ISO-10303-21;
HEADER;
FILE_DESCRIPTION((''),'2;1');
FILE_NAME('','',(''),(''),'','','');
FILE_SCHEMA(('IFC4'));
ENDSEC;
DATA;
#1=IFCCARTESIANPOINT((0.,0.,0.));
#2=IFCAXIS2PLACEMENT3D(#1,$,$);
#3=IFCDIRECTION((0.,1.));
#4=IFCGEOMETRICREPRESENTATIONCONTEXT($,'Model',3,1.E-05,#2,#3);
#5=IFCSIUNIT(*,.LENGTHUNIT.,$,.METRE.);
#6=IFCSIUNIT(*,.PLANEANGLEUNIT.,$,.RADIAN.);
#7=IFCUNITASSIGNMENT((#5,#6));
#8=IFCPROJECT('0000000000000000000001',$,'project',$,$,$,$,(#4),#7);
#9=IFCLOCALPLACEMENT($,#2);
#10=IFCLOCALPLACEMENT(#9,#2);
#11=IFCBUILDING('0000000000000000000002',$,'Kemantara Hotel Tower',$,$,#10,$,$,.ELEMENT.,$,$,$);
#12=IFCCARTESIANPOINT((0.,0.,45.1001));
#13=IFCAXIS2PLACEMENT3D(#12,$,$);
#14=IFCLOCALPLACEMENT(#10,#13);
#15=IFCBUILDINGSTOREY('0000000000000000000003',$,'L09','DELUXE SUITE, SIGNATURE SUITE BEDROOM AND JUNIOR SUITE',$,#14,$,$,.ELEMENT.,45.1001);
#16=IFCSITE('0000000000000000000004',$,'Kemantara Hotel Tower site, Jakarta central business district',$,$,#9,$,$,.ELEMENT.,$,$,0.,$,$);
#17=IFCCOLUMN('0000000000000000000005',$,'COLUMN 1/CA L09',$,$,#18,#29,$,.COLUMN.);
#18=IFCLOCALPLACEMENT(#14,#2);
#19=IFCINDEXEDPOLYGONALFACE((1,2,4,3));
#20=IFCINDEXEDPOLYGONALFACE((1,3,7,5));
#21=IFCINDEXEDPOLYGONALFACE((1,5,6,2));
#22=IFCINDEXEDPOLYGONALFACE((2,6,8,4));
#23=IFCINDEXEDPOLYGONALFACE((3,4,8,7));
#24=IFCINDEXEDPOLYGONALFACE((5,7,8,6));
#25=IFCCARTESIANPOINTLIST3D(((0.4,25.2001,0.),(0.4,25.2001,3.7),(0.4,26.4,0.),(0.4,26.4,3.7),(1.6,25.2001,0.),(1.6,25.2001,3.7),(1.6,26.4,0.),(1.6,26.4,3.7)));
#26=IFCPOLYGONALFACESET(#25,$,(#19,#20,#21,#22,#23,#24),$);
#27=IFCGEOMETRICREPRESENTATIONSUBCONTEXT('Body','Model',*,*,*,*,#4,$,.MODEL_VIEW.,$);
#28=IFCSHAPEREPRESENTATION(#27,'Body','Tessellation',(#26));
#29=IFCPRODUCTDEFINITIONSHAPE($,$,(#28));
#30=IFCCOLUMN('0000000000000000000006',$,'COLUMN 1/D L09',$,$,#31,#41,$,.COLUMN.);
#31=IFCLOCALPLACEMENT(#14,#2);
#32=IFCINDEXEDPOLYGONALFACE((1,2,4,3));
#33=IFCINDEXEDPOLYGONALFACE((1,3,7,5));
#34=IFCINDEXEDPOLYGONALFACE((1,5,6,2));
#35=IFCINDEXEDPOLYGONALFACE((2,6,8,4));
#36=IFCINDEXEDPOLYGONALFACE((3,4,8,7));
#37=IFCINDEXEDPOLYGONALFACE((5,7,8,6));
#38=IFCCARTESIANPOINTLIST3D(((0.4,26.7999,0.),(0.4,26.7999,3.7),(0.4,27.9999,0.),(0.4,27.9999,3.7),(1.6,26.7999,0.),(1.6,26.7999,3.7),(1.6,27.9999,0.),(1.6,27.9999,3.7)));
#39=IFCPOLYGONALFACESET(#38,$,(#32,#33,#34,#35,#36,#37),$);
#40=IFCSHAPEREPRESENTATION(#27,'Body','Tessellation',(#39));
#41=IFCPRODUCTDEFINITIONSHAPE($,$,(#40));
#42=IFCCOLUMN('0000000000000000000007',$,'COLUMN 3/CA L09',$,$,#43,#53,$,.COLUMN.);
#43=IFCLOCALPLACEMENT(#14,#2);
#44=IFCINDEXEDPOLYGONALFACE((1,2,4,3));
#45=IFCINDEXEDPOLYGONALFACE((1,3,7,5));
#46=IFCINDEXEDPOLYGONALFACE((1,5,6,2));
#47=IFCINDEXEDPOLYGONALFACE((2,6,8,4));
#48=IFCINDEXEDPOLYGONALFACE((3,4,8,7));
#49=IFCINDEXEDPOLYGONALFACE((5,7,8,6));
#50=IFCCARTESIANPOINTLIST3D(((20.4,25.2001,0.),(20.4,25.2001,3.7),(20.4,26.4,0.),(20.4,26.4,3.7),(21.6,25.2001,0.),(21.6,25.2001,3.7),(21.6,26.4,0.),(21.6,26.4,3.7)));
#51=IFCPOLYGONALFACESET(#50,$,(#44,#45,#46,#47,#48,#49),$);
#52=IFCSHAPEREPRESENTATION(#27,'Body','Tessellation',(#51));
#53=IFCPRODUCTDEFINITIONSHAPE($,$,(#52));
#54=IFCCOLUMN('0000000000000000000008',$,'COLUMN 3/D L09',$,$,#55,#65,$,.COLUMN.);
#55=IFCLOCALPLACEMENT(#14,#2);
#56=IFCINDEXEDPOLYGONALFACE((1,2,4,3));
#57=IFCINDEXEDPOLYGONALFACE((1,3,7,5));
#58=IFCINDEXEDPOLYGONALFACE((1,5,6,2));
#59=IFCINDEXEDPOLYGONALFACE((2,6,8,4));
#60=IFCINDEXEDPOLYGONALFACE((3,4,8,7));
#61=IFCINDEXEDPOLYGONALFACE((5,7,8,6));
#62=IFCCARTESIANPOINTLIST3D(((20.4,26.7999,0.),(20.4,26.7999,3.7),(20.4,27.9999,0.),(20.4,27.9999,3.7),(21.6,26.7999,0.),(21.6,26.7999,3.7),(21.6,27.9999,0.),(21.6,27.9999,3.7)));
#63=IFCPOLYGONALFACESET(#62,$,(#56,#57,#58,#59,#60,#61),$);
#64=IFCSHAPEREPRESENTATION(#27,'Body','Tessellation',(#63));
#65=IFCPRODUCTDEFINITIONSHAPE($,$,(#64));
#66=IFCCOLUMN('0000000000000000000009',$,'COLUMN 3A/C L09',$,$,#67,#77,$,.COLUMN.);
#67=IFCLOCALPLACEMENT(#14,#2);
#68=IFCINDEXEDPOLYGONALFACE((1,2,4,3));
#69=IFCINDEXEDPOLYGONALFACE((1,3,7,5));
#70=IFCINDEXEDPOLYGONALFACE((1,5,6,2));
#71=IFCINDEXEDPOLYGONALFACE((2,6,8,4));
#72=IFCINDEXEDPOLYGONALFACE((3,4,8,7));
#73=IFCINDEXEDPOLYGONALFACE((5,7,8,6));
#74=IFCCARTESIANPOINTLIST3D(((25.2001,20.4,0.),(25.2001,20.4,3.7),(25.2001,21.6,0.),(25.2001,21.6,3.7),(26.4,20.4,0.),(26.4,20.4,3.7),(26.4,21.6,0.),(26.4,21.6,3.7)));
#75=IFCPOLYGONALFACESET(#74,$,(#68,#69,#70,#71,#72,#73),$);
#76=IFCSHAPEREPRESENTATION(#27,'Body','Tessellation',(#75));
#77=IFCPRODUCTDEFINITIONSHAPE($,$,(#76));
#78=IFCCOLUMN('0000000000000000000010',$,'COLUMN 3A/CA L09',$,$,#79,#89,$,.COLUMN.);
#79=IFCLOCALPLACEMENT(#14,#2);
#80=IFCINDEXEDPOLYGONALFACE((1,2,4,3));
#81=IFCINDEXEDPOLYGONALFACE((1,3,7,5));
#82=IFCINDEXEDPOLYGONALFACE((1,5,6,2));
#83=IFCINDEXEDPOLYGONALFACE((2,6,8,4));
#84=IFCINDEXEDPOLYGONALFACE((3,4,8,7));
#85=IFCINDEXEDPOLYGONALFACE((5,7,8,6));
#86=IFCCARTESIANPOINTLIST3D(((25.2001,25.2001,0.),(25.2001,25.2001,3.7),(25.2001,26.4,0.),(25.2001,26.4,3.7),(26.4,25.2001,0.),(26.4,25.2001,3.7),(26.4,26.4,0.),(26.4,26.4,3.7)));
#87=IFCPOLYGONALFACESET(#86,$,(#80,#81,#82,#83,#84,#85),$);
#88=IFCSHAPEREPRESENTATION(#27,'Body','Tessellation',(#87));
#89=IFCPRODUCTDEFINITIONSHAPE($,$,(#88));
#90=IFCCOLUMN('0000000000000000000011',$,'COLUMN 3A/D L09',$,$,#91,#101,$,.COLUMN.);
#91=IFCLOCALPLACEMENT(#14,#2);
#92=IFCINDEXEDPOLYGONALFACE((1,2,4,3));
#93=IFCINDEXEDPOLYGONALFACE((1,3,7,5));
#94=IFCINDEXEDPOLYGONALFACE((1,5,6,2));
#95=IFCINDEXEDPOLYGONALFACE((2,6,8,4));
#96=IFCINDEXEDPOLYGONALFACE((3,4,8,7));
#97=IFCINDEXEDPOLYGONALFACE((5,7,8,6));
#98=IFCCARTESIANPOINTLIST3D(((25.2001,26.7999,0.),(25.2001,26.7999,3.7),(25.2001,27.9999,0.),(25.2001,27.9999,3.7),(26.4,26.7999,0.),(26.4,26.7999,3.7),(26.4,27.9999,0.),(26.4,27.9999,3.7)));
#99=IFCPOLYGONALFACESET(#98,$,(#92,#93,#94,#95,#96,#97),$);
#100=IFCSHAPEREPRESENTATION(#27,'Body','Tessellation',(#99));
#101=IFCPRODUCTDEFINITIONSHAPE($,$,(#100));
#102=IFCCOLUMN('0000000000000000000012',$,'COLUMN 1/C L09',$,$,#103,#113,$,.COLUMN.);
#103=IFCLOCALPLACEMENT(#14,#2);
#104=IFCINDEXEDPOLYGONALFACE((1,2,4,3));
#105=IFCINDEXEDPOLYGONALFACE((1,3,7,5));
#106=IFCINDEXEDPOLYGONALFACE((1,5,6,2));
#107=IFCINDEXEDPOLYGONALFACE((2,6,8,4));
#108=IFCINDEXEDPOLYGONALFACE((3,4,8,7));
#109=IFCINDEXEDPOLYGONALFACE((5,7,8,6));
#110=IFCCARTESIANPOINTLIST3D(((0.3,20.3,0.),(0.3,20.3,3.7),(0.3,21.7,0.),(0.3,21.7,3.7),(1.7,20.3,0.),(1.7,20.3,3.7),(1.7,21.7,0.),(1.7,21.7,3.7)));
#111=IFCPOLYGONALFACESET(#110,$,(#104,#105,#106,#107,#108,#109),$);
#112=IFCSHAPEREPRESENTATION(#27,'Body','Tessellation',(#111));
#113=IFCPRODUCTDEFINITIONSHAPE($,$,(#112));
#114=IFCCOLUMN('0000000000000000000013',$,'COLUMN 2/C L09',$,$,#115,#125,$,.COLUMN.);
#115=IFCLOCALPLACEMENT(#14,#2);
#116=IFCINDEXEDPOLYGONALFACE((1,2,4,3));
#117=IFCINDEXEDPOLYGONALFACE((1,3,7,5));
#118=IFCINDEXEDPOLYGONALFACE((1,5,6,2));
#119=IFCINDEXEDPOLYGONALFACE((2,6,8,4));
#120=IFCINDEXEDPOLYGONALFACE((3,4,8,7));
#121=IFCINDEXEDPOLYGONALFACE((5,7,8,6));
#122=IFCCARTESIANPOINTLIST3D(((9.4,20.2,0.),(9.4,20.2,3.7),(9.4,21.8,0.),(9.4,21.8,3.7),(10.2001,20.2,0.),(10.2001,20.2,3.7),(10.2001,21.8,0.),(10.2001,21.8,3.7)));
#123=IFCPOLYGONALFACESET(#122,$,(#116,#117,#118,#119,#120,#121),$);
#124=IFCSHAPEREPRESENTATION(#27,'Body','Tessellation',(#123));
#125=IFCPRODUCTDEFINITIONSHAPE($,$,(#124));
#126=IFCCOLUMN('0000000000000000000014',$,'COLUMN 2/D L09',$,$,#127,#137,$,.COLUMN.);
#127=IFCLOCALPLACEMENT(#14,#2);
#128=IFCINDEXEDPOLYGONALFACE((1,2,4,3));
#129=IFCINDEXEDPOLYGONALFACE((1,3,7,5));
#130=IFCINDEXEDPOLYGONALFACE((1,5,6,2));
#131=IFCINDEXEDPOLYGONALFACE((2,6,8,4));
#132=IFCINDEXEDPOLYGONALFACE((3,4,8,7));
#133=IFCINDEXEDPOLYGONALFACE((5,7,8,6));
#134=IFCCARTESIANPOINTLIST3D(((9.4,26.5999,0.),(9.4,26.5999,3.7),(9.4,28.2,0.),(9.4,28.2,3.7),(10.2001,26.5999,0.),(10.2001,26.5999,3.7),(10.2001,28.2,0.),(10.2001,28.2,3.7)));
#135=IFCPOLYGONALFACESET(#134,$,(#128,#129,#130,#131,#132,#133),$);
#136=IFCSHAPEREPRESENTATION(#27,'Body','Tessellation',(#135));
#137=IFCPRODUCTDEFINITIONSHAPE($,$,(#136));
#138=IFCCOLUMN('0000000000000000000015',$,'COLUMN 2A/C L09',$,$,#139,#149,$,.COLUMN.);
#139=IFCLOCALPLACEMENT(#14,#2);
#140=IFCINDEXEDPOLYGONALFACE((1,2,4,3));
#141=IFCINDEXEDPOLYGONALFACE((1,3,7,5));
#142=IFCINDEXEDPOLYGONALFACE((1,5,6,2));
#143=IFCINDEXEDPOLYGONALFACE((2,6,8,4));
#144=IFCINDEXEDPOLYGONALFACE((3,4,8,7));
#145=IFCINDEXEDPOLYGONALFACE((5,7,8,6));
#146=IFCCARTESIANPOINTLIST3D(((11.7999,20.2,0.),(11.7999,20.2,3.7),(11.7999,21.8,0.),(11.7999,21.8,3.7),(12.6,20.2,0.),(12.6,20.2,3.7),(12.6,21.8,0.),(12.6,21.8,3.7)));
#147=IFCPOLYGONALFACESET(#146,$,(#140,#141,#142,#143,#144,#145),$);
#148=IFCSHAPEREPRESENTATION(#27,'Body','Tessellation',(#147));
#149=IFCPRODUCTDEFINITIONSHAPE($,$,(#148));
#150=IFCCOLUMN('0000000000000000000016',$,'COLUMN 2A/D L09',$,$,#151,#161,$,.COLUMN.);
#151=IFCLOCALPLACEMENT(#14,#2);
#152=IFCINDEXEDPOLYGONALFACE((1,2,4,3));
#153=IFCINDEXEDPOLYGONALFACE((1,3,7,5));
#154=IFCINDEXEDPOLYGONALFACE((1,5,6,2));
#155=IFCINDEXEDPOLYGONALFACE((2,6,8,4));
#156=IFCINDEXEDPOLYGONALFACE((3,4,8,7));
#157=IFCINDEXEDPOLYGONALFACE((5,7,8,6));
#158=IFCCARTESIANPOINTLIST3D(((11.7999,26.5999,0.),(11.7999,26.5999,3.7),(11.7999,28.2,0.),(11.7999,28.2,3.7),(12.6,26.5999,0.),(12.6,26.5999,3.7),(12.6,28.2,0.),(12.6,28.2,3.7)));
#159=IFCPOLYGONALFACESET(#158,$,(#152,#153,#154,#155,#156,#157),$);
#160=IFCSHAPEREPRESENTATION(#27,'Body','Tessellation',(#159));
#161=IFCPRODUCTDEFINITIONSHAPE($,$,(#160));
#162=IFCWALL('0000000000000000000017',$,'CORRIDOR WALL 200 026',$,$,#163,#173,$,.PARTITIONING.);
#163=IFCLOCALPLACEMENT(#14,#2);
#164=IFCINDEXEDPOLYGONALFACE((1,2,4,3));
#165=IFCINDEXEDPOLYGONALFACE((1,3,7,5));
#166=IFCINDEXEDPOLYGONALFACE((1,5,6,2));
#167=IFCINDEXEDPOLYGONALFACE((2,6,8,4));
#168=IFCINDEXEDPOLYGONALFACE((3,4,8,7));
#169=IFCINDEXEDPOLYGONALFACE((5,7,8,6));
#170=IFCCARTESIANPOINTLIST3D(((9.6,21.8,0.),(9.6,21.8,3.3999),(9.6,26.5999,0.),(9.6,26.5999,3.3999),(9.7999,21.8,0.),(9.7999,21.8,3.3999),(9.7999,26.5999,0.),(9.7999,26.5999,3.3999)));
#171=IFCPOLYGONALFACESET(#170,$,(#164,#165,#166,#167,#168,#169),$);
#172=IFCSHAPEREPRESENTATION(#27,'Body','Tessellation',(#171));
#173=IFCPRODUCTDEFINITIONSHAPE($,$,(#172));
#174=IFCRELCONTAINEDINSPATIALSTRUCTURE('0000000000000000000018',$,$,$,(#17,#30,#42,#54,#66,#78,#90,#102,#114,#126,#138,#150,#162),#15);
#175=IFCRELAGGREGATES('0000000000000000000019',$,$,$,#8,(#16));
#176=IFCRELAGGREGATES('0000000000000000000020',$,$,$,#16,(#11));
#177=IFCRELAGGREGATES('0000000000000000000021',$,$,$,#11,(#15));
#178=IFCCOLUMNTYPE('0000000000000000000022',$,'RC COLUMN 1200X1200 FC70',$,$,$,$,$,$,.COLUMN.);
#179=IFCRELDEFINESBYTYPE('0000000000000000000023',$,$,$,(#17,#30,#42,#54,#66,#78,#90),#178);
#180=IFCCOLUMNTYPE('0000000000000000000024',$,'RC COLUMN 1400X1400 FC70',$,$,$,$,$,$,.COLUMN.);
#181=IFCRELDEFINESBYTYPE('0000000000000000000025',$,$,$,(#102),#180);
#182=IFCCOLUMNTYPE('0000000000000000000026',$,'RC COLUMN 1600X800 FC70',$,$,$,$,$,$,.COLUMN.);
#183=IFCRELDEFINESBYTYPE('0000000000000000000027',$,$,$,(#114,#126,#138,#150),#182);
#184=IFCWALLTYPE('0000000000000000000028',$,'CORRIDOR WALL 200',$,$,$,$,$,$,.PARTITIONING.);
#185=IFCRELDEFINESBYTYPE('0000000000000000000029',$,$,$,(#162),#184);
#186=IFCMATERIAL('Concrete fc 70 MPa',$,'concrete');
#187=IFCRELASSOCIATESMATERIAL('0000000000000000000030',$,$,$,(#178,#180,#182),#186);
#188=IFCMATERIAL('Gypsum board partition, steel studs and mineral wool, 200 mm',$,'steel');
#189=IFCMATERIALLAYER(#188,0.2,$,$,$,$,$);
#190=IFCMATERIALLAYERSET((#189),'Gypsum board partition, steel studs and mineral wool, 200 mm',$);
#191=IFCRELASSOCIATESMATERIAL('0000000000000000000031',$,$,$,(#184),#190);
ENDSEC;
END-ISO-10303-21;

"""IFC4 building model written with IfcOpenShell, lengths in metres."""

from ifc_helpers import new_model, si_unit, direction, frame, frame_2d, origin, origin_2d, place, context, subcontext, project, spatial, rectangle, extrude, material, layer, layer_set, material_profile, profile_set, type_object, element, save


model = new_model("IFC4")

# Units and contexts
model_context = context("Model", 3, precision=1e-05, world=origin(), true_north=direction((0.0, 1.0)))
body_context = subcontext(model_context, "Body", "Model", "MODEL_VIEW")
ifc_project = project(units=[si_unit("LENGTHUNIT", "METRE"), si_unit("PLANEANGLEUNIT", "RADIAN")], contexts=[model_context])

# Site, building, storey
site_placement = place(None, origin())
site = spatial("IfcSite", under=ifc_project, at=site_placement, Name="Kemantara Hotel Tower site, Jakarta central business district", CompositionType="ELEMENT", RefElevation=0.0)
building_placement = place(site_placement, origin())
building = spatial("IfcBuilding", under=site, at=building_placement, Name="Kemantara Hotel Tower", CompositionType="ELEMENT")
storey_placement = place(building_placement, frame((0.0, 0.0, 45.1001)))
storey = spatial("IfcBuildingStorey", under=building, at=storey_placement, Name="L09", Description="DELUXE SUITE, SIGNATURE SUITE BEDROOM AND JUNIOR SUITE", CompositionType="ELEMENT", Elevation=45.1001)

# Columns
ifc_material_1 = material(Name="Concrete fc 70 MPa", Category="concrete")
ifc_material_profile_1 = material_profile(ifc_material_1, rectangle(XDim=1.2, YDim=1.2, at=origin_2d()), Name="RC 1200X1200")
ifc_profile_set_1 = profile_set([ifc_material_profile_1], Name="Concrete fc 70 MPa")
column_type_1 = type_object("IfcColumnType", Name="RC COLUMN 1200X1200 FC70", PredefinedType="COLUMN", material=ifc_profile_set_1)
for number, where, z_axis, x_axis, name in (
    (1, (1.0, 25.8, 0.0), (0.0, 0.0, 1.0), (1.0, 0.0, 0.0), "COLUMN 1/CA L09"),
    (2, (1.0, 27.3999, 0.0), (0.0, 0.0, 1.0), (1.0, 0.0, 0.0), "COLUMN 1/D L09"),
    (3, (21.0, 25.8, 0.0), (0.0, 0.0, 1.0), (1.0, 0.0, 0.0), "COLUMN 3/CA L09"),
    (4, (21.0, 27.3999, 0.0), (0.0, 0.0, 1.0), (1.0, 0.0, 0.0), "COLUMN 3/D L09"),
    (5, (25.8, 21.0, 0.0), (0.0, 0.0, 1.0), (1.0, 0.0, 0.0), "COLUMN 3A/C L09"),
    (6, (25.8, 25.8, 0.0), (0.0, 0.0, 1.0), (1.0, 0.0, 0.0), "COLUMN 3A/CA L09"),
    (7, (25.8, 27.3999, 0.0), (0.0, 0.0, 1.0), (1.0, 0.0, 0.0), "COLUMN 3A/D L09"),
):
    element("IfcColumn", number, at=place(storey_placement, frame(where, z_axis=z_axis, x_axis=x_axis)), inside=storey, type_object=column_type_1, Name=name, PredefinedType="COLUMN", context=body_context, shape_type="SweptSolid", body=[
        extrude(rectangle(XDim=1.2, YDim=1.2, at=origin_2d()), origin(), (0.0, 0.0, 1.0), 3.7),
    ])
ifc_material_profile_2 = material_profile(ifc_material_1, rectangle(XDim=1.3999, YDim=1.3999, at=origin_2d()), Name="RC 1400X1400")
ifc_profile_set_2 = profile_set([ifc_material_profile_2], Name="Concrete fc 70 MPa")
column_type_2 = type_object("IfcColumnType", Name="RC COLUMN 1400X1400 FC70", PredefinedType="COLUMN", material=ifc_profile_set_2)
column_placement = place(storey_placement, frame((1.0, 21.0, 0.0), z_axis=(0.0, 0.0, 1.0), x_axis=(1.0, 0.0, 0.0)))
element("IfcColumn", 8, at=column_placement, inside=storey, type_object=column_type_2, Name="COLUMN 1/C L09", PredefinedType="COLUMN", context=body_context, shape_type="SweptSolid", body=[
    extrude(rectangle(XDim=1.3999, YDim=1.3999, at=origin_2d()), origin(), (0.0, 0.0, 1.0), 3.7),
])
ifc_material_profile_3 = material_profile(ifc_material_1, rectangle(XDim=1.6001, YDim=0.8, at=origin_2d()), Name="RC 1600X800")
ifc_profile_set_3 = profile_set([ifc_material_profile_3], Name="Concrete fc 70 MPa")
column_type_3 = type_object("IfcColumnType", Name="RC COLUMN 1600X800 FC70", PredefinedType="COLUMN", material=ifc_profile_set_3)
for number, where, z_axis, x_axis, name in (
    (9, (9.8, 21.0, 0.0), (0.0, 0.0, 1.0), (0.0, 1.0, 0.0), "COLUMN 2/C L09"),
    (10, (9.8, 27.3999, 0.0), (0.0, 0.0, 1.0), (0.0, 1.0, 0.0), "COLUMN 2/D L09"),
    (11, (12.2, 21.0, 0.0), (0.0, 0.0, 1.0), (0.0, 1.0, 0.0), "COLUMN 2A/C L09"),
    (12, (12.2, 27.3999, 0.0), (0.0, 0.0, 1.0), (0.0, 1.0, 0.0), "COLUMN 2A/D L09"),
):
    element("IfcColumn", number, at=place(storey_placement, frame(where, z_axis=z_axis, x_axis=x_axis)), inside=storey, type_object=column_type_3, Name=name, PredefinedType="COLUMN", context=body_context, shape_type="SweptSolid", body=[
        extrude(rectangle(XDim=1.6001, YDim=0.8, at=origin_2d()), origin(), (0.0, 0.0, 1.0), 3.7),
    ])

# Wall
ifc_material_2 = material(Name="Gypsum board partition, steel studs and mineral wool, 200 mm", Category="steel")
ifc_layer_1 = layer(ifc_material_2, 0.2)
ifc_layer_set_1 = layer_set([ifc_layer_1], Name="Gypsum board partition, steel studs and mineral wool, 200 mm")
wall_type_1 = type_object("IfcWallType", Name="CORRIDOR WALL 200", PredefinedType="PARTITIONING", material=ifc_layer_set_1)
wall_1_placement = place(storey_placement, frame((9.7, 21.8, 0.0), z_axis=(0.0, 0.0, 1.0), x_axis=(0.0, 1.0, 0.0)))
element("IfcWall", 13, at=wall_1_placement, inside=storey, type_object=wall_type_1, Name="CORRIDOR WALL 200 026", PredefinedType="PARTITIONING", context=body_context, shape_type="SweptSolid", body=[
    extrude(rectangle(XDim=4.7998, YDim=0.2, at=frame_2d((2.3999, 0.0))), origin(), (0.0, 0.0, 1.0), 3.3999),
])

save(model, "model.ifc")
